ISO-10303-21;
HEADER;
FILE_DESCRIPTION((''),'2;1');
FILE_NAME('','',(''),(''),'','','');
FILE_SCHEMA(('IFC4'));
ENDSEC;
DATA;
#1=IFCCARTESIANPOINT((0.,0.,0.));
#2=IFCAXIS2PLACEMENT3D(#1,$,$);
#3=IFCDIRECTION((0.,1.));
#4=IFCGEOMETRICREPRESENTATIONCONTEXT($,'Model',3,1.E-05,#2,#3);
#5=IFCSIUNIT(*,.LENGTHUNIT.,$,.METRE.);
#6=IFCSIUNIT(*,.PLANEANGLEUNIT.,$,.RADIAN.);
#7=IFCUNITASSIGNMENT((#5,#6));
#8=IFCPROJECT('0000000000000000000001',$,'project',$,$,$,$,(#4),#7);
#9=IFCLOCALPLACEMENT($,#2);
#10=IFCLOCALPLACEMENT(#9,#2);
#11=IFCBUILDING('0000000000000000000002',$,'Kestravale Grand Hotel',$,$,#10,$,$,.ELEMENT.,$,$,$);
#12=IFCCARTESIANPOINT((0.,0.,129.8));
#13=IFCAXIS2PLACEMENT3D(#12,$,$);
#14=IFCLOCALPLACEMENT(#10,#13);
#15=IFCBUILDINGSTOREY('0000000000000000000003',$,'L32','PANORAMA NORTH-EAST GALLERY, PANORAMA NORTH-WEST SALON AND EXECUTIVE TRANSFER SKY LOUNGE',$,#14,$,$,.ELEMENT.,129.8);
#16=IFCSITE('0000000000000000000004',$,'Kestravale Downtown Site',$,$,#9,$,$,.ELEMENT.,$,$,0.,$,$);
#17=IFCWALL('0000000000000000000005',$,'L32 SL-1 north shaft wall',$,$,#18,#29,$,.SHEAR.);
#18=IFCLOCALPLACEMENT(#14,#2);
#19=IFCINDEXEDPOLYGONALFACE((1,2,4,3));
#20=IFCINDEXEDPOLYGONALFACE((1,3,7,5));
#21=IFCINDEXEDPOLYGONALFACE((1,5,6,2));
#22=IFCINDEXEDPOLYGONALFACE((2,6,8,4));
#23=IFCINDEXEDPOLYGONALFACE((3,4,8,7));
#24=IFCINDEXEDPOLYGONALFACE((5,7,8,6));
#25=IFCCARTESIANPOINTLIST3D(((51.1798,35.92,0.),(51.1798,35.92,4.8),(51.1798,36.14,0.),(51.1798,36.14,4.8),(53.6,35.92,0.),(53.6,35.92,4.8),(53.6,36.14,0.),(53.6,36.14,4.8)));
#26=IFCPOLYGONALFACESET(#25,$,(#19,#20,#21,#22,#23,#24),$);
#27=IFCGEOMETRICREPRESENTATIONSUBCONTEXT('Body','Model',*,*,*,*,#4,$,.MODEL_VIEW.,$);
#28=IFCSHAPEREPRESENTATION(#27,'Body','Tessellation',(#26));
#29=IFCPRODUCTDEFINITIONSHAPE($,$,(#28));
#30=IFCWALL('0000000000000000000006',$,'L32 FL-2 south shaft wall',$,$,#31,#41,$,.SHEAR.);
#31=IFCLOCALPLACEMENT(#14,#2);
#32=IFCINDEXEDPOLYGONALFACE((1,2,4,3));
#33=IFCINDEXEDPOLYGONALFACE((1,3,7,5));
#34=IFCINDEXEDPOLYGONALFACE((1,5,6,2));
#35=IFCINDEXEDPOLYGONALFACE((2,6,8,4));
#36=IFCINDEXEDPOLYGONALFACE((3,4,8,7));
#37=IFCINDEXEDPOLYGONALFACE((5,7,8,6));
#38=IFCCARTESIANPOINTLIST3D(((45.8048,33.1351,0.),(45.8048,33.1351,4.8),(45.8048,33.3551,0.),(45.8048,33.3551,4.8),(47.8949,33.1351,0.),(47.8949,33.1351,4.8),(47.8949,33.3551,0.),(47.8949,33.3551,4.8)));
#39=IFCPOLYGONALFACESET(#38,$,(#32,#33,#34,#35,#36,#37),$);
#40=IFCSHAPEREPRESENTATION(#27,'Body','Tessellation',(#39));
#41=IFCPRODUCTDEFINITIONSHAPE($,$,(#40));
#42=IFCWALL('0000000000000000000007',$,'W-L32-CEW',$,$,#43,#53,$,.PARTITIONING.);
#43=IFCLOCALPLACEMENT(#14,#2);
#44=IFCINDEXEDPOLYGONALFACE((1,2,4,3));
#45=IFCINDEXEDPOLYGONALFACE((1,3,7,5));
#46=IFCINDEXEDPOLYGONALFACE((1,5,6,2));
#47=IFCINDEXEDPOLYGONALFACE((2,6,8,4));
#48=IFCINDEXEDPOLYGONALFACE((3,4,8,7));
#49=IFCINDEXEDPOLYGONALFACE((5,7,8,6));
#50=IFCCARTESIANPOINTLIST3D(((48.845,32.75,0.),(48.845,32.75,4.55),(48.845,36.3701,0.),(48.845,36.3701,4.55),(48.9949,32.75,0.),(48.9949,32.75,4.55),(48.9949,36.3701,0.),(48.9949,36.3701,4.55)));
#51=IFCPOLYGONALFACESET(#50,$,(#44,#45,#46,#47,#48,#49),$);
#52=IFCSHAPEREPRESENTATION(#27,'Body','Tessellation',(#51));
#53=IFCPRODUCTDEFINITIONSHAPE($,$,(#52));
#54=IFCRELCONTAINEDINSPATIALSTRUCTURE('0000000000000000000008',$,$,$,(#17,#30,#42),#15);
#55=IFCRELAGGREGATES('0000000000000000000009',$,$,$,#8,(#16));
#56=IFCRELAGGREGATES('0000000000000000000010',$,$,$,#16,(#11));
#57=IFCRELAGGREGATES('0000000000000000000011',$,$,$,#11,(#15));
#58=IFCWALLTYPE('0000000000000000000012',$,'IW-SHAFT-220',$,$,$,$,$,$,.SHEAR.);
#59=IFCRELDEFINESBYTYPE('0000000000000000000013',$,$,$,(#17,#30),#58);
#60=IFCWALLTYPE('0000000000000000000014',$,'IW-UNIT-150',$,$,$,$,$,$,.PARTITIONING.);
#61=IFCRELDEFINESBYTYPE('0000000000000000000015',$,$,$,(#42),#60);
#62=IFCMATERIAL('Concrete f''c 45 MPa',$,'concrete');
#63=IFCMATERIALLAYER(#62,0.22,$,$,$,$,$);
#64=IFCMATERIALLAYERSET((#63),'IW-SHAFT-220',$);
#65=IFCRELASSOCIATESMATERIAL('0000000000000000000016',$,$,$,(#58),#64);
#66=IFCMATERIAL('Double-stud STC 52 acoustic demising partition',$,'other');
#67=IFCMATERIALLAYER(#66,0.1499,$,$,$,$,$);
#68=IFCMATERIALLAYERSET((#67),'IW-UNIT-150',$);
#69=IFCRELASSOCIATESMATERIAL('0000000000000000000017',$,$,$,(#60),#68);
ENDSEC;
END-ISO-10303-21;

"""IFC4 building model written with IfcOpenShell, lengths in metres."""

from ifc_helpers import new_model, si_unit, direction, frame, frame_2d, origin, place, context, subcontext, project, spatial, rectangle, extrude, material, layer, layer_set, type_object, element, save


model = new_model("IFC4")

# Units and contexts
model_context = context("Model", 3, precision=1e-05, world=origin(), true_north=direction((0.0, 1.0)))
body_context = subcontext(model_context, "Body", "Model", "MODEL_VIEW")
ifc_project = project(units=[si_unit("LENGTHUNIT", "METRE"), si_unit("PLANEANGLEUNIT", "RADIAN")], contexts=[model_context])

# Site, building, storey
site_placement = place(None, origin())
site = spatial("IfcSite", under=ifc_project, at=site_placement, Name="Kestravale Downtown Site", CompositionType="ELEMENT", RefElevation=0.0)
building_placement = place(site_placement, origin())
building = spatial("IfcBuilding", under=site, at=building_placement, Name="Kestravale Grand Hotel", CompositionType="ELEMENT")
storey_placement = place(building_placement, frame((0.0, 0.0, 129.8)))
storey = spatial("IfcBuildingStorey", under=building, at=storey_placement, Name="L32", Description="PANORAMA NORTH-EAST GALLERY, PANORAMA NORTH-WEST SALON AND EXECUTIVE TRANSFER SKY LOUNGE", CompositionType="ELEMENT", Elevation=129.8)

# Shared definitions
ifc_material_1 = material(Name="Concrete f'c 45 MPa", Category="concrete")
ifc_layer_1 = layer(ifc_material_1, 0.22)
ifc_layer_set_1 = layer_set([ifc_layer_1], Name="IW-SHAFT-220")
wall_type_1 = type_object("IfcWallType", Name="IW-SHAFT-220", PredefinedType="SHEAR", material=ifc_layer_set_1)

# Wall
wall_1_placement = place(storey_placement, frame((51.1799, 36.03, 0.0), z_axis=(0.0, 0.0, 1.0), x_axis=(1.0, 0.0, 0.0)))
element("IfcWall", 1, at=wall_1_placement, inside=storey, type_object=wall_type_1, Name="L32 SL-1 north shaft wall", PredefinedType="SHEAR", context=body_context, shape_type="SweptSolid", body=[
    extrude(rectangle(XDim=2.4202, YDim=0.22, at=frame_2d((1.21, 0.0))), origin(), (0.0, 0.0, 1.0), 4.8),
])

# Walls
wall_2_placement = place(storey_placement, frame((45.8049, 33.2451, 0.0), z_axis=(0.0, 0.0, 1.0), x_axis=(1.0, 0.0, 0.0)))
element("IfcWall", 2, at=wall_2_placement, inside=storey, type_object=wall_type_1, Name="L32 FL-2 south shaft wall", PredefinedType="SHEAR", context=body_context, shape_type="SweptSolid", body=[
    extrude(rectangle(XDim=2.0901, YDim=0.22, at=frame_2d((1.0449, 0.0))), origin(), (0.0, 0.0, 1.0), 4.8),
])
ifc_material_2 = material(Name="Double-stud STC 52 acoustic demising partition", Category="other")
ifc_layer_2 = layer(ifc_material_2, 0.1499)
ifc_layer_set_2 = layer_set([ifc_layer_2], Name="IW-UNIT-150")
wall_type_2 = type_object("IfcWallType", Name="IW-UNIT-150", PredefinedType="PARTITIONING", material=ifc_layer_set_2)
wall_3_placement = place(storey_placement, frame((48.9199, 32.75, 0.0), z_axis=(0.0, 0.0, 1.0), x_axis=(0.0, 1.0, 0.0)))
element("IfcWall", 3, at=wall_3_placement, inside=storey, type_object=wall_type_2, Name="W-L32-CEW", PredefinedType="PARTITIONING", context=body_context, shape_type="SweptSolid", body=[
    extrude(rectangle(XDim=3.6201, YDim=0.1499, at=frame_2d((1.8101, 0.0))), origin(), (0.0, 0.0, 1.0), 4.55),
])

save(model, "model.ifc")
